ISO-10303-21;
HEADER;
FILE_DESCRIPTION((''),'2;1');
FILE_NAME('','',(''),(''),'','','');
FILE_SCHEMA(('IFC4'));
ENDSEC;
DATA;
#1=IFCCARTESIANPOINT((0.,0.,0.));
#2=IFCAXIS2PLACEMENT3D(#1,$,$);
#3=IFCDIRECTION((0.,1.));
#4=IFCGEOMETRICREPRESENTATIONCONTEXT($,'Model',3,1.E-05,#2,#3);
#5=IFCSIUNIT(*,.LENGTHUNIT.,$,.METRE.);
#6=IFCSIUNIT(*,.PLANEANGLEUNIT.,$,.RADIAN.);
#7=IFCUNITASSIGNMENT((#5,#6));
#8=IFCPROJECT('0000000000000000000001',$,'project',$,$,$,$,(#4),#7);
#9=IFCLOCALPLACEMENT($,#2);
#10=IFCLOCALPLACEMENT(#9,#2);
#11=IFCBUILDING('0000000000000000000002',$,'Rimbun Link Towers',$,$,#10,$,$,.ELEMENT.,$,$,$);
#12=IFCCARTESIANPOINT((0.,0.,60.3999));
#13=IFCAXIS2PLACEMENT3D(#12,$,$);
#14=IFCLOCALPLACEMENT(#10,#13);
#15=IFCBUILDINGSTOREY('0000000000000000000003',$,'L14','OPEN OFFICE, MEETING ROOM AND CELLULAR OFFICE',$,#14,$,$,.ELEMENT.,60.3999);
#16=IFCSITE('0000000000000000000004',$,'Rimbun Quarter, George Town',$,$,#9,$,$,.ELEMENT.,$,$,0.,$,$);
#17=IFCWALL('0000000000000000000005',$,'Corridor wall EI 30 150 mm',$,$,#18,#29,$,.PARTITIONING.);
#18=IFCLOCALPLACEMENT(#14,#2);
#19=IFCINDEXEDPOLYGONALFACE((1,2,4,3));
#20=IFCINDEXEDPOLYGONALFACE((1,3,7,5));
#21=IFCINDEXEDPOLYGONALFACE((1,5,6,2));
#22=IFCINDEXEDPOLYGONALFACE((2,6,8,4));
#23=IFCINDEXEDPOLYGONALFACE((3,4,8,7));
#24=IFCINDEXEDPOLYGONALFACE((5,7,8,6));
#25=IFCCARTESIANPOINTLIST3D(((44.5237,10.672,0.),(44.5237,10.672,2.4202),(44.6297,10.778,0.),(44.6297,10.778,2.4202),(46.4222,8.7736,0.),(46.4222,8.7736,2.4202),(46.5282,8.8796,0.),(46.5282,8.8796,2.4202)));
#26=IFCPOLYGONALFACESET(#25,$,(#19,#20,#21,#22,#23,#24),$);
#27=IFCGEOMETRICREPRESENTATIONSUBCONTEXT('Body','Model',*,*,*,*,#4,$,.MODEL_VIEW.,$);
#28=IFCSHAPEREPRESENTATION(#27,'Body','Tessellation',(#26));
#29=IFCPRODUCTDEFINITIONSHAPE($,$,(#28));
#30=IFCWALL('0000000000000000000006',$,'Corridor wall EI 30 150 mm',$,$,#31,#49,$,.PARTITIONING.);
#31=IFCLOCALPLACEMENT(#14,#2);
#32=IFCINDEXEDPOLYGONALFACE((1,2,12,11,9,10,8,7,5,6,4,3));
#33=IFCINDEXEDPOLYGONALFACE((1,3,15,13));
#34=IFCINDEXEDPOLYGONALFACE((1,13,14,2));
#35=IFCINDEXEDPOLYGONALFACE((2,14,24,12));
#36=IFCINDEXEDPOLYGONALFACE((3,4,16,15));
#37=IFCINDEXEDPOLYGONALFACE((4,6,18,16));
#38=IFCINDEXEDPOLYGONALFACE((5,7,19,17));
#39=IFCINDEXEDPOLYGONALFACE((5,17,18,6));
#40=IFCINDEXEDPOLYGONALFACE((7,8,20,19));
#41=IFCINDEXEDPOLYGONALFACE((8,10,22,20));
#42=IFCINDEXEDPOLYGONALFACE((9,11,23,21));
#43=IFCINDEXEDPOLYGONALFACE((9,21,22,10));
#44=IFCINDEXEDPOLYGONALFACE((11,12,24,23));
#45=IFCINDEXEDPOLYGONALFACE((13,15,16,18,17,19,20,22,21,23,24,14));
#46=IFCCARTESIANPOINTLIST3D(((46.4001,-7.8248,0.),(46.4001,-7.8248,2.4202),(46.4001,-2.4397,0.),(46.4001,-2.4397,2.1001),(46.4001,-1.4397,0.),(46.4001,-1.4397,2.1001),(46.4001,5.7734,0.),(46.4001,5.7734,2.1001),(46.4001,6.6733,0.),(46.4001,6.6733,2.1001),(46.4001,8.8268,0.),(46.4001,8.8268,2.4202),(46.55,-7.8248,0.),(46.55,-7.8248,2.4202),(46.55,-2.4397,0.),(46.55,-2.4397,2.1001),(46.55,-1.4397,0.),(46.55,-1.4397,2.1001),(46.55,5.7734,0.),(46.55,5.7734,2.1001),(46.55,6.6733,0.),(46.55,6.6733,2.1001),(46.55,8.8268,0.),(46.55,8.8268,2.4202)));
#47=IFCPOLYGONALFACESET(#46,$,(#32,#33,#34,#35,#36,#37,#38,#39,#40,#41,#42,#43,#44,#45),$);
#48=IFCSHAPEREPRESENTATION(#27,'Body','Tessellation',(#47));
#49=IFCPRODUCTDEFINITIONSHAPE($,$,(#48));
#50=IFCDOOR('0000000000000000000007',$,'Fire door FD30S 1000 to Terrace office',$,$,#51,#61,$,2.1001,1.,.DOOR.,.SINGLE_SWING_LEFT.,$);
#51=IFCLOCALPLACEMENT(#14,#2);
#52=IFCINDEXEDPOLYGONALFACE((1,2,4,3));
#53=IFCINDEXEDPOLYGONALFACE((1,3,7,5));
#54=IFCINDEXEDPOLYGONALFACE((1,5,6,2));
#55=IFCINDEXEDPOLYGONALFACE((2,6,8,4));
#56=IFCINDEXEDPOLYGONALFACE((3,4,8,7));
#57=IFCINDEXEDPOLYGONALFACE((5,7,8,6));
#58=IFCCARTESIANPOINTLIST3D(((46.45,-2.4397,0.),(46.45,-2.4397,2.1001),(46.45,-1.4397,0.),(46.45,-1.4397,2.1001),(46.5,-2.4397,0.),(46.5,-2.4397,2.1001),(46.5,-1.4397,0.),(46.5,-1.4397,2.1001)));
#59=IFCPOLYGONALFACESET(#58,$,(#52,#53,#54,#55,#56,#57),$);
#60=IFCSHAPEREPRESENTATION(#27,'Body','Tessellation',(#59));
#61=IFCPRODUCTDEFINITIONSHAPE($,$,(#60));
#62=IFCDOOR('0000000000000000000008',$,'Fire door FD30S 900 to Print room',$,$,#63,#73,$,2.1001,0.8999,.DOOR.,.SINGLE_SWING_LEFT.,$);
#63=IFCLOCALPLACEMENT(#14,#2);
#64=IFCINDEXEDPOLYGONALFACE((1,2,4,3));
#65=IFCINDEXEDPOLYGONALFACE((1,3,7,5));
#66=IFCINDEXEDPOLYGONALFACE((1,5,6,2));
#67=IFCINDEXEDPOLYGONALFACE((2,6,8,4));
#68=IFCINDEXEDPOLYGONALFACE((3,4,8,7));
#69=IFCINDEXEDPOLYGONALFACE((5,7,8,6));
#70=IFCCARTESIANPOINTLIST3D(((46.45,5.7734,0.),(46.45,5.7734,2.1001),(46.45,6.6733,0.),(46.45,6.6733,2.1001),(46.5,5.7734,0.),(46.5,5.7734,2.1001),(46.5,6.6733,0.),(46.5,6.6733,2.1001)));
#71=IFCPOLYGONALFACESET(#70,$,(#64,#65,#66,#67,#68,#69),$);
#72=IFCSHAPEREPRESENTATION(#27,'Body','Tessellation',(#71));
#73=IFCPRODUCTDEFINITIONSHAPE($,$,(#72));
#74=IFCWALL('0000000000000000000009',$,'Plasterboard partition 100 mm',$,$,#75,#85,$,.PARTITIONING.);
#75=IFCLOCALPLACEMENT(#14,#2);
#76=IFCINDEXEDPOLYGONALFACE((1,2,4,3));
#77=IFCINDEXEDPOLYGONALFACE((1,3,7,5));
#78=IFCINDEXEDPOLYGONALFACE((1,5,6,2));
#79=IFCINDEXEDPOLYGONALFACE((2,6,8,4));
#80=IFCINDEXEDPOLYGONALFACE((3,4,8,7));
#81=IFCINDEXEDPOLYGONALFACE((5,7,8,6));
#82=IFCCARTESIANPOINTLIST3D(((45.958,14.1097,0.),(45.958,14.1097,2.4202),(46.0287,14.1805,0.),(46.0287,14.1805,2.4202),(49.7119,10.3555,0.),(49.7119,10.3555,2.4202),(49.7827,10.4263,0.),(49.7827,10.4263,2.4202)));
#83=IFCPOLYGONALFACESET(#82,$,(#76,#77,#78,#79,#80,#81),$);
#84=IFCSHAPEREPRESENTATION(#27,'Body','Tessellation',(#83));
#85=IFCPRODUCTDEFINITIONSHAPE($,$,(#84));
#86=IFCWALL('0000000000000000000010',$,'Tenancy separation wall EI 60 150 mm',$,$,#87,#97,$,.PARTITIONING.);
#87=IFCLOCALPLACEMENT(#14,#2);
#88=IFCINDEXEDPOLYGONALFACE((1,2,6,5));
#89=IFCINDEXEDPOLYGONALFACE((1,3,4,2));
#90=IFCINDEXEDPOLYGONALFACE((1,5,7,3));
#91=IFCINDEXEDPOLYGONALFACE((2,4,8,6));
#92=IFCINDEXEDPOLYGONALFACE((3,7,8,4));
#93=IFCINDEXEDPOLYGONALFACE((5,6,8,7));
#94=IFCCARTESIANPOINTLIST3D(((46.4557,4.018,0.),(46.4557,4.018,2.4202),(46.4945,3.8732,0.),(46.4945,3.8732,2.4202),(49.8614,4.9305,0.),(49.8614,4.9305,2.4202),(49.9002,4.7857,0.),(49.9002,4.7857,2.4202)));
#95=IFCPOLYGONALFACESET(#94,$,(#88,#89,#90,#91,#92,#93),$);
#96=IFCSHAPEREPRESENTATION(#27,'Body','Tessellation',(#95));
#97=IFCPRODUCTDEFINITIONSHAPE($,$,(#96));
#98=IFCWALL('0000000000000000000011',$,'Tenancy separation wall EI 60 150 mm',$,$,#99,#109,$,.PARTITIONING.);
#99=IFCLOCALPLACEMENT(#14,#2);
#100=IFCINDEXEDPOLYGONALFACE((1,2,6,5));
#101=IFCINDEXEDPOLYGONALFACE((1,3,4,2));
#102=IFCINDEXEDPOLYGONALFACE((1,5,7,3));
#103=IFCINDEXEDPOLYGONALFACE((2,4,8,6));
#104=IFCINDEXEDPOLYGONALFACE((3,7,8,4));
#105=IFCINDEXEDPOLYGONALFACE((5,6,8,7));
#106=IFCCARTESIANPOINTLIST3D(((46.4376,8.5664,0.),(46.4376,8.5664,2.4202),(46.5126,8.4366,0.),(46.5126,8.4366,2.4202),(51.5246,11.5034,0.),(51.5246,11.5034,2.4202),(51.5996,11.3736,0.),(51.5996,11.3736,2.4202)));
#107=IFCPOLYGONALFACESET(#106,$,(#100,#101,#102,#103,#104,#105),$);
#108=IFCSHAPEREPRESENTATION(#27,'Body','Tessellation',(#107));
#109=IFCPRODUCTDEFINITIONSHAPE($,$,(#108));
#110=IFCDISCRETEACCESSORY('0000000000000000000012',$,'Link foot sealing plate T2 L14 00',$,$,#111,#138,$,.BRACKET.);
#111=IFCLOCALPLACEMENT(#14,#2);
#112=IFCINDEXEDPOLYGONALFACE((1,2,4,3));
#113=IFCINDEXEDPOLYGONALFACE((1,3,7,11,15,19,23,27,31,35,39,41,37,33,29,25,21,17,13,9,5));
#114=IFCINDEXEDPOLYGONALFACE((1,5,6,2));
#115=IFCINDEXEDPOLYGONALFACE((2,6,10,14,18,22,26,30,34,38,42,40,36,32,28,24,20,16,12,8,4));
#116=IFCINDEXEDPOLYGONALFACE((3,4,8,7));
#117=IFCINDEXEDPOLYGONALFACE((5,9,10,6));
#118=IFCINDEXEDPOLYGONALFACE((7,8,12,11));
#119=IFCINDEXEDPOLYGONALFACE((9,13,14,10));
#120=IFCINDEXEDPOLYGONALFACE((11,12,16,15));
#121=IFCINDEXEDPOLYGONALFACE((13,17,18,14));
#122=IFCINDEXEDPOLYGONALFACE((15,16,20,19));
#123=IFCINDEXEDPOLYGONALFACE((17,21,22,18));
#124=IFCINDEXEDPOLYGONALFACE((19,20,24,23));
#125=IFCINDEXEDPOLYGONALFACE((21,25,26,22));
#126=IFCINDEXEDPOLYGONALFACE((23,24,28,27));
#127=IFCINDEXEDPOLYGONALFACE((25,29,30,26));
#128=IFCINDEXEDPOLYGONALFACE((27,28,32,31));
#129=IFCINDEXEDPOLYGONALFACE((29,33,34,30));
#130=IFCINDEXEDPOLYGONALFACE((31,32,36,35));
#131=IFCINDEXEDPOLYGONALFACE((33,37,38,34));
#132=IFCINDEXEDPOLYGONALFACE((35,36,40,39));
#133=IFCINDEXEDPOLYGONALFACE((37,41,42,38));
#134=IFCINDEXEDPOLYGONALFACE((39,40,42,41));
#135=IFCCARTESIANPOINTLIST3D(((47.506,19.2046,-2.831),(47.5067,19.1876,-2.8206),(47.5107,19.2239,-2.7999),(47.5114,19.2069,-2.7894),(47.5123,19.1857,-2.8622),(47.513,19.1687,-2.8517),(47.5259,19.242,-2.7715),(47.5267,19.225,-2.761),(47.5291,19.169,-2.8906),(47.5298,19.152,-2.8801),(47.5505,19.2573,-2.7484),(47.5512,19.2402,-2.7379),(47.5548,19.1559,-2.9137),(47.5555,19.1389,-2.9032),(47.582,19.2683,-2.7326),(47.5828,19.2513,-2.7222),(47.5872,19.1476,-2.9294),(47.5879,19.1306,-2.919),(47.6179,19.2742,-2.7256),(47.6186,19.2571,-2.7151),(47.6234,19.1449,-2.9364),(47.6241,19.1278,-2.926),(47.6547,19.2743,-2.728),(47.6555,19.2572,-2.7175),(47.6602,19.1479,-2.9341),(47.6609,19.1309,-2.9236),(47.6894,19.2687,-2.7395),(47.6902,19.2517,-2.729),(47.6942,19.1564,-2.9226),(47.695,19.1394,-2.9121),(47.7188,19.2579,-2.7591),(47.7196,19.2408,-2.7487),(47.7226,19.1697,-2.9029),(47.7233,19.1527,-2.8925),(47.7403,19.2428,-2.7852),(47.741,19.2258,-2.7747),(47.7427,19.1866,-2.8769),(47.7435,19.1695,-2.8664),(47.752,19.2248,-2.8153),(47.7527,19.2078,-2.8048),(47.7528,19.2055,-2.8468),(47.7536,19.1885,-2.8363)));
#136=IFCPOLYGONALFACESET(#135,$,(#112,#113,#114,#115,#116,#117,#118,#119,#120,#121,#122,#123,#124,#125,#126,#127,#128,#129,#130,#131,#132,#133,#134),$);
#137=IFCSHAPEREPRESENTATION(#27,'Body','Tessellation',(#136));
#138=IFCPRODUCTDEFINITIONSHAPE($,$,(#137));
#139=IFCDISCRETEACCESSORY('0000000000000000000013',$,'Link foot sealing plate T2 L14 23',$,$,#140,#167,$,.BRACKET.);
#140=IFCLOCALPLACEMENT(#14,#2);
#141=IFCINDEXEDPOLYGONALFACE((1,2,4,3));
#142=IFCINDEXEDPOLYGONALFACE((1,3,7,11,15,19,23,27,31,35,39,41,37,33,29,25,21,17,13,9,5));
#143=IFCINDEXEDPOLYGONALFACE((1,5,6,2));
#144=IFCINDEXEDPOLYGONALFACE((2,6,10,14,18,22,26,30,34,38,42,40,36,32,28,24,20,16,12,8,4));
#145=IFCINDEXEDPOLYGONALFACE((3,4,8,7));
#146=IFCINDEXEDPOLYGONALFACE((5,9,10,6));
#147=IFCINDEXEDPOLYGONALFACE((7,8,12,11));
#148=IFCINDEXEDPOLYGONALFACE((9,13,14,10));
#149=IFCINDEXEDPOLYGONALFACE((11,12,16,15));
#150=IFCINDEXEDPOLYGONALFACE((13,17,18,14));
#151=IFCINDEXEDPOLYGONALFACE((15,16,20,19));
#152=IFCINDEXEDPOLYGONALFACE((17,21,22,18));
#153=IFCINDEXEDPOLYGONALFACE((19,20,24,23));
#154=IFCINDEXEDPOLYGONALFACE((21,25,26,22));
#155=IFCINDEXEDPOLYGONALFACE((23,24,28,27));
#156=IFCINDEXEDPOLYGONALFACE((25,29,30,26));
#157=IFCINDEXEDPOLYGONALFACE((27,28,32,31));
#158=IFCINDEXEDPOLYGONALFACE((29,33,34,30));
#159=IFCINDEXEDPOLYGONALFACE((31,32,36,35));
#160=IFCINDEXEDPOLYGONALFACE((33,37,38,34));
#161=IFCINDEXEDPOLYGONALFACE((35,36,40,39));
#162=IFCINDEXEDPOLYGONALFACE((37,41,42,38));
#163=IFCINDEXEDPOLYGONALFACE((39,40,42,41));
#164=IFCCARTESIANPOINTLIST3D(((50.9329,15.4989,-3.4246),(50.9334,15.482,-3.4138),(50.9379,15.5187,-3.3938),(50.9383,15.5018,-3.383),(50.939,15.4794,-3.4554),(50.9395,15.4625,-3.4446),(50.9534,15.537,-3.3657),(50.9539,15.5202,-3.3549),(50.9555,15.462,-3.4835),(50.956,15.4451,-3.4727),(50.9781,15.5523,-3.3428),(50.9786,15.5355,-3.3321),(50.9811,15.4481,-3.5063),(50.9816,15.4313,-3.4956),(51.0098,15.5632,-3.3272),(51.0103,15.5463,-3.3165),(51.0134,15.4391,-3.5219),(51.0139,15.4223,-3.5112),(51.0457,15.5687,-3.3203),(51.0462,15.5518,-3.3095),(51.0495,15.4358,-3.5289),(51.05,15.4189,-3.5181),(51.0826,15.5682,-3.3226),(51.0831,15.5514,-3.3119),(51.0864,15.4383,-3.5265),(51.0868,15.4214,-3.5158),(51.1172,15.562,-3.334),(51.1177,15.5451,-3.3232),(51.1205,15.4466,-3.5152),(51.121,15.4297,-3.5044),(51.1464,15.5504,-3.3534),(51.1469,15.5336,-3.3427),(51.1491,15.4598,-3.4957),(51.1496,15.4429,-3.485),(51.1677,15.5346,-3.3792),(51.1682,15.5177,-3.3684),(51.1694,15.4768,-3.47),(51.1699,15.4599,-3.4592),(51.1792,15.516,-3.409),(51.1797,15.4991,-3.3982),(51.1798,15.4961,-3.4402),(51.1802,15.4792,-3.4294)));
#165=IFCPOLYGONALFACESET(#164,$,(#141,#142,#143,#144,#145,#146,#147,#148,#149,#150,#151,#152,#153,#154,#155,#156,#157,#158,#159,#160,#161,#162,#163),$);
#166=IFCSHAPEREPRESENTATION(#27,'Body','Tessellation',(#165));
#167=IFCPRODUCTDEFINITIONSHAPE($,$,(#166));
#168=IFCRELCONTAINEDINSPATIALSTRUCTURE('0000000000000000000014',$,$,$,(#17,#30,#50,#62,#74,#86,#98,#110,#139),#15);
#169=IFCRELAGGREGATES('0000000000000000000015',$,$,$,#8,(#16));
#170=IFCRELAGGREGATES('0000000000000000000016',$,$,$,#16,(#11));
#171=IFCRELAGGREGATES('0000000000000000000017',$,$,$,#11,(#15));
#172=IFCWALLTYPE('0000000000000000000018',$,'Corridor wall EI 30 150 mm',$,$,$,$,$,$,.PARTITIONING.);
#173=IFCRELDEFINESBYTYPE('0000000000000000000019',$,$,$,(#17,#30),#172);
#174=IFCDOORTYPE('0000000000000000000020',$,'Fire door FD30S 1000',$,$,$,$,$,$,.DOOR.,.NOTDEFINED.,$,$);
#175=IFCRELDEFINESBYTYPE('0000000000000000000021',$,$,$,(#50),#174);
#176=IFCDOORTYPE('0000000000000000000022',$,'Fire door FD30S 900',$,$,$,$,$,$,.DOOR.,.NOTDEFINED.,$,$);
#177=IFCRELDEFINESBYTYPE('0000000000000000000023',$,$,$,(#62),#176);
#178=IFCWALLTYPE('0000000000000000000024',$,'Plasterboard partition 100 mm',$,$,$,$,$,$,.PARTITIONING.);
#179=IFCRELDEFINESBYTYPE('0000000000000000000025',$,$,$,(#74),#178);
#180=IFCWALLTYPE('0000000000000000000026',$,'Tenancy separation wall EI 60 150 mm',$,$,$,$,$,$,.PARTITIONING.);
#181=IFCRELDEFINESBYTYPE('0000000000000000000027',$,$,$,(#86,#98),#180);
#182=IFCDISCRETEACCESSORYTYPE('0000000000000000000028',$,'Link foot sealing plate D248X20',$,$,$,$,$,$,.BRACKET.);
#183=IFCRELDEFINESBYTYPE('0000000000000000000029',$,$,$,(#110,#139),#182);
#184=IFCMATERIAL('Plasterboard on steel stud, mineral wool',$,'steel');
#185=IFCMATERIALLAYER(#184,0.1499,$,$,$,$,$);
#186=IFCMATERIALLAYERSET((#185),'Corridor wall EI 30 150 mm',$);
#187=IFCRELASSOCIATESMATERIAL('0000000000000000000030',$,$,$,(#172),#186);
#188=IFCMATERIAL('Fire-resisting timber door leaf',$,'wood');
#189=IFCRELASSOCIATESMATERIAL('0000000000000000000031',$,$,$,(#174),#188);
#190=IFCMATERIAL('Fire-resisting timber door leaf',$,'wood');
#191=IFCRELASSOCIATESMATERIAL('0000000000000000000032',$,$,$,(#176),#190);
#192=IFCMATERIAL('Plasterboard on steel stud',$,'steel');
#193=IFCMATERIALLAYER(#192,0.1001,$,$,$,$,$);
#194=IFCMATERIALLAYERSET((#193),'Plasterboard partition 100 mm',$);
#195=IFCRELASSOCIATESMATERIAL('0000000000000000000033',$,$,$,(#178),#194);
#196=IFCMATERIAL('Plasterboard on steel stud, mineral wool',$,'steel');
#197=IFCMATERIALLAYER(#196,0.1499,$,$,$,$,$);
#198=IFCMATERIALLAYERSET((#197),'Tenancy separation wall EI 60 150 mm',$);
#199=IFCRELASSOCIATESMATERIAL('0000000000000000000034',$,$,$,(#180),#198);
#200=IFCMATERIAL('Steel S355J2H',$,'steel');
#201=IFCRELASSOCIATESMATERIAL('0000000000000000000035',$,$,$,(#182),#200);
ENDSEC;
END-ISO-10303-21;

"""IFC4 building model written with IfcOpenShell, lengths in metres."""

from ifc_helpers import new_model, si_unit, direction, frame, frame_2d, origin, origin_2d, place, context, subcontext, project, spatial, rectangle, circle, extrude, material, layer, layer_set, material_profile, profile_set, type_object, element, fill, save


model = new_model("IFC4")

# Units and contexts
model_context = context("Model", 3, precision=1e-05, world=origin(), true_north=direction((0.0, 1.0)))
body_context = subcontext(model_context, "Body", "Model", "MODEL_VIEW")
ifc_project = project(units=[si_unit("LENGTHUNIT", "METRE"), si_unit("PLANEANGLEUNIT", "RADIAN")], contexts=[model_context])

# Site, building, storey
site_placement = place(None, origin())
site = spatial("IfcSite", under=ifc_project, at=site_placement, Name="Rimbun Quarter, George Town", CompositionType="ELEMENT", RefElevation=0.0)
building_placement = place(site_placement, origin())
building = spatial("IfcBuilding", under=site, at=building_placement, Name="Rimbun Link Towers", CompositionType="ELEMENT")
storey_placement = place(building_placement, frame((0.0, 0.0, 60.3999)))
storey = spatial("IfcBuildingStorey", under=building, at=storey_placement, Name="L14", Description="OPEN OFFICE, MEETING ROOM AND CELLULAR OFFICE", CompositionType="ELEMENT", Elevation=60.3999)

# Wall
ifc_material_1 = material(Name="Plasterboard on steel stud, mineral wool", Category="steel")
ifc_layer_1 = layer(ifc_material_1, 0.1499)
ifc_layer_set_1 = layer_set([ifc_layer_1], Name="Corridor wall EI 30 150 mm")
wall_type_1 = type_object("IfcWallType", Name="Corridor wall EI 30 150 mm", PredefinedType="PARTITIONING", material=ifc_layer_set_1)
wall_1_placement = place(storey_placement, frame((46.4751, 8.8267, 0.0), z_axis=(0.0, 0.0, 1.0), x_axis=(-0.707107, 0.707107, 0.0)))
element("IfcWall", 1, at=wall_1_placement, inside=storey, type_object=wall_type_1, Name="Corridor wall EI 30 150 mm", PredefinedType="PARTITIONING", context=body_context, shape_type="SweptSolid", body=[
    extrude(rectangle(XDim=2.6848, YDim=0.1499, at=frame_2d((1.3423, 0.0))), origin(), (0.0, 0.0, 1.0), 2.4202),
])

# Wall, openings, doors
wall_2_placement = place(storey_placement, frame((46.4751, 8.8267, 0.0), z_axis=(0.0, 0.0, 1.0), x_axis=(0.0, -1.0, 0.0)))
wall_2 = element("IfcWall", 2, at=wall_2_placement, inside=storey, type_object=wall_type_1, Name="Corridor wall EI 30 150 mm", PredefinedType="PARTITIONING", context=body_context, shape_type="SweptSolid", body=[
    extrude(rectangle(XDim=16.6516, YDim=0.1499, at=frame_2d((8.3257, 0.0))), origin(), (0.0, 0.0, 1.0), 2.4202),
])
opening_1_placement = place(wall_2_placement, frame((2.1533, 0.0, 0.0)))
opening_1 = element("IfcOpeningElement", 3, at=opening_1_placement, cuts=wall_2, PredefinedType="OPENING", context=body_context, shape_type="SweptSolid", body=[
    extrude(rectangle(XDim=0.8999, YDim=2.1001, at=frame_2d((0.45, 1.05))), frame((0.0, 0.085, 0.0), z_axis=(0.0, -1.0, 0.0), x_axis=(1.0, 0.0, 0.0)), (0.0, 0.0, 1.0), 0.1699),
])
opening_2_placement = place(wall_2_placement, frame((10.2664, 0.0, 0.0)))
opening_2 = element("IfcOpeningElement", 4, at=opening_2_placement, cuts=wall_2, PredefinedType="OPENING", context=body_context, shape_type="SweptSolid", body=[
    extrude(rectangle(XDim=1.0, YDim=2.1001, at=frame_2d((0.5, 1.05))), frame((0.0, 0.085, 0.0), z_axis=(0.0, -1.0, 0.0), x_axis=(1.0, 0.0, 0.0)), (0.0, 0.0, 1.0), 0.1699),
])
ifc_material_2 = material(Name="Fire-resisting timber door leaf", Category="wood")
door_type_1 = type_object("IfcDoorType", Name="Fire door FD30S 1000", OperationType="NOTDEFINED", PredefinedType="DOOR", material=ifc_material_2)
door_1_placement = place(opening_2_placement, origin())
door_1 = element("IfcDoor", 5, at=door_1_placement, inside=storey, type_object=door_type_1, Name="Fire door FD30S 1000 to Terrace office", OperationType="SINGLE_SWING_LEFT", OverallHeight=2.1001, OverallWidth=1.0, PredefinedType="DOOR", context=body_context, shape_type="SweptSolid", body=[
    extrude(rectangle(XDim=1.0, YDim=2.1001, at=frame_2d((0.5, 1.05))), frame((0.0, 0.0249, 0.0), z_axis=(0.0, -1.0, 0.0), x_axis=(1.0, 0.0, 0.0)), (0.0, 0.0, 1.0), 0.05),
])
fill(opening_2, door_1)
ifc_material_3 = material(Name="Fire-resisting timber door leaf", Category="wood")
door_type_2 = type_object("IfcDoorType", Name="Fire door FD30S 900", OperationType="NOTDEFINED", PredefinedType="DOOR", material=ifc_material_3)
door_2_placement = place(opening_1_placement, origin())
door_2 = element("IfcDoor", 6, at=door_2_placement, inside=storey, type_object=door_type_2, Name="Fire door FD30S 900 to Print room", OperationType="SINGLE_SWING_LEFT", OverallHeight=2.1001, OverallWidth=0.8999, PredefinedType="DOOR", context=body_context, shape_type="SweptSolid", body=[
    extrude(rectangle(XDim=0.8999, YDim=2.1001, at=frame_2d((0.45, 1.05))), frame((0.0, 0.0249, 0.0), z_axis=(0.0, -1.0, 0.0), x_axis=(1.0, 0.0, 0.0)), (0.0, 0.0, 1.0), 0.05),
])
fill(opening_1, door_2)

# Walls
ifc_material_4 = material(Name="Plasterboard on steel stud", Category="steel")
ifc_layer_2 = layer(ifc_material_4, 0.1001)
ifc_layer_set_2 = layer_set([ifc_layer_2], Name="Plasterboard partition 100 mm")
wall_type_2 = type_object("IfcWallType", Name="Plasterboard partition 100 mm", PredefinedType="PARTITIONING", material=ifc_layer_set_2)
wall_3_placement = place(storey_placement, frame((49.7473, 10.3909, 0.0), z_axis=(0.0, 0.0, 1.0), x_axis=(-0.707084, 0.70713, 0.0)))
element("IfcWall", 7, at=wall_3_placement, inside=storey, type_object=wall_type_2, Name="Plasterboard partition 100 mm", PredefinedType="PARTITIONING", context=body_context, shape_type="SweptSolid", body=[
    extrude(rectangle(XDim=5.3091, YDim=0.1001, at=frame_2d((2.6545, 0.0))), origin(), (0.0, 0.0, 1.0), 2.4202),
])
ifc_material_5 = material(Name="Plasterboard on steel stud, mineral wool", Category="steel")
ifc_layer_3 = layer(ifc_material_5, 0.1499)
ifc_layer_set_3 = layer_set([ifc_layer_3], Name="Tenancy separation wall EI 60 150 mm")
wall_type_3 = type_object("IfcWallType", Name="Tenancy separation wall EI 60 150 mm", PredefinedType="PARTITIONING", material=ifc_layer_set_3)
wall_4_placement = place(storey_placement, frame((46.4751, 3.9456, 0.0), z_axis=(0.0, 0.0, 1.0), x_axis=(0.965924, 0.258826, 0.0)))
element("IfcWall", 8, at=wall_4_placement, inside=storey, type_object=wall_type_3, Name="Tenancy separation wall EI 60 150 mm", PredefinedType="PARTITIONING", context=body_context, shape_type="SweptSolid", body=[
    extrude(rectangle(XDim=3.5259, YDim=0.1499, at=frame_2d((1.7629, 0.0))), origin(), (0.0, 0.0, 1.0), 2.4202),
])
wall_5_placement = place(storey_placement, frame((46.4751, 8.5015, 0.0), z_axis=(0.0, 0.0, 1.0), x_axis=(0.866019, 0.50001, 0.0)))
element("IfcWall", 9, at=wall_5_placement, inside=storey, type_object=wall_type_3, Name="Tenancy separation wall EI 60 150 mm", PredefinedType="PARTITIONING", context=body_context, shape_type="SweptSolid", body=[
    extrude(rectangle(XDim=5.874, YDim=0.1499, at=frame_2d((2.937, 0.0))), origin(), (0.0, 0.0, 1.0), 2.4202),
])

# Discrete accessories
ifc_material_6 = material(Name="Steel S355J2H", Category="steel")
ifc_material_profile_1 = material_profile(ifc_material_6, circle(Radius=0.124, at=origin_2d()), Name="PL D248")
ifc_profile_set_1 = profile_set([ifc_material_profile_1], Name="Steel S355J2H")
discrete_accessory_type = type_object("IfcDiscreteAccessoryType", Name="Link foot sealing plate D248X20", PredefinedType="BRACKET", material=ifc_profile_set_1)
for number, where, z_axis, x_axis, name in (
    (10, (47.6306, 19.1929, -2.8206), (-0.036493, 0.851508, -0.523069), (-0.999083, -0.042818, 0.0), "Link foot sealing plate T2 L14 00"),
    (11, (51.0574, 15.4856, -3.4138), (-0.024432, 0.842906, -0.537505), (-0.99958, -0.028973, 0.0), "Link foot sealing plate T2 L14 23"),
):
    element("IfcDiscreteAccessory", number, at=place(storey_placement, frame(where, z_axis=z_axis, x_axis=x_axis)), inside=storey, type_object=discrete_accessory_type, Name=name, PredefinedType="BRACKET", context=body_context, shape_type="SweptSolid", body=[
        extrude(circle(Radius=0.124, at=origin_2d()), origin(), (0.0, 0.0, 1.0), 0.02),
    ])

save(model, "model.ifc")
